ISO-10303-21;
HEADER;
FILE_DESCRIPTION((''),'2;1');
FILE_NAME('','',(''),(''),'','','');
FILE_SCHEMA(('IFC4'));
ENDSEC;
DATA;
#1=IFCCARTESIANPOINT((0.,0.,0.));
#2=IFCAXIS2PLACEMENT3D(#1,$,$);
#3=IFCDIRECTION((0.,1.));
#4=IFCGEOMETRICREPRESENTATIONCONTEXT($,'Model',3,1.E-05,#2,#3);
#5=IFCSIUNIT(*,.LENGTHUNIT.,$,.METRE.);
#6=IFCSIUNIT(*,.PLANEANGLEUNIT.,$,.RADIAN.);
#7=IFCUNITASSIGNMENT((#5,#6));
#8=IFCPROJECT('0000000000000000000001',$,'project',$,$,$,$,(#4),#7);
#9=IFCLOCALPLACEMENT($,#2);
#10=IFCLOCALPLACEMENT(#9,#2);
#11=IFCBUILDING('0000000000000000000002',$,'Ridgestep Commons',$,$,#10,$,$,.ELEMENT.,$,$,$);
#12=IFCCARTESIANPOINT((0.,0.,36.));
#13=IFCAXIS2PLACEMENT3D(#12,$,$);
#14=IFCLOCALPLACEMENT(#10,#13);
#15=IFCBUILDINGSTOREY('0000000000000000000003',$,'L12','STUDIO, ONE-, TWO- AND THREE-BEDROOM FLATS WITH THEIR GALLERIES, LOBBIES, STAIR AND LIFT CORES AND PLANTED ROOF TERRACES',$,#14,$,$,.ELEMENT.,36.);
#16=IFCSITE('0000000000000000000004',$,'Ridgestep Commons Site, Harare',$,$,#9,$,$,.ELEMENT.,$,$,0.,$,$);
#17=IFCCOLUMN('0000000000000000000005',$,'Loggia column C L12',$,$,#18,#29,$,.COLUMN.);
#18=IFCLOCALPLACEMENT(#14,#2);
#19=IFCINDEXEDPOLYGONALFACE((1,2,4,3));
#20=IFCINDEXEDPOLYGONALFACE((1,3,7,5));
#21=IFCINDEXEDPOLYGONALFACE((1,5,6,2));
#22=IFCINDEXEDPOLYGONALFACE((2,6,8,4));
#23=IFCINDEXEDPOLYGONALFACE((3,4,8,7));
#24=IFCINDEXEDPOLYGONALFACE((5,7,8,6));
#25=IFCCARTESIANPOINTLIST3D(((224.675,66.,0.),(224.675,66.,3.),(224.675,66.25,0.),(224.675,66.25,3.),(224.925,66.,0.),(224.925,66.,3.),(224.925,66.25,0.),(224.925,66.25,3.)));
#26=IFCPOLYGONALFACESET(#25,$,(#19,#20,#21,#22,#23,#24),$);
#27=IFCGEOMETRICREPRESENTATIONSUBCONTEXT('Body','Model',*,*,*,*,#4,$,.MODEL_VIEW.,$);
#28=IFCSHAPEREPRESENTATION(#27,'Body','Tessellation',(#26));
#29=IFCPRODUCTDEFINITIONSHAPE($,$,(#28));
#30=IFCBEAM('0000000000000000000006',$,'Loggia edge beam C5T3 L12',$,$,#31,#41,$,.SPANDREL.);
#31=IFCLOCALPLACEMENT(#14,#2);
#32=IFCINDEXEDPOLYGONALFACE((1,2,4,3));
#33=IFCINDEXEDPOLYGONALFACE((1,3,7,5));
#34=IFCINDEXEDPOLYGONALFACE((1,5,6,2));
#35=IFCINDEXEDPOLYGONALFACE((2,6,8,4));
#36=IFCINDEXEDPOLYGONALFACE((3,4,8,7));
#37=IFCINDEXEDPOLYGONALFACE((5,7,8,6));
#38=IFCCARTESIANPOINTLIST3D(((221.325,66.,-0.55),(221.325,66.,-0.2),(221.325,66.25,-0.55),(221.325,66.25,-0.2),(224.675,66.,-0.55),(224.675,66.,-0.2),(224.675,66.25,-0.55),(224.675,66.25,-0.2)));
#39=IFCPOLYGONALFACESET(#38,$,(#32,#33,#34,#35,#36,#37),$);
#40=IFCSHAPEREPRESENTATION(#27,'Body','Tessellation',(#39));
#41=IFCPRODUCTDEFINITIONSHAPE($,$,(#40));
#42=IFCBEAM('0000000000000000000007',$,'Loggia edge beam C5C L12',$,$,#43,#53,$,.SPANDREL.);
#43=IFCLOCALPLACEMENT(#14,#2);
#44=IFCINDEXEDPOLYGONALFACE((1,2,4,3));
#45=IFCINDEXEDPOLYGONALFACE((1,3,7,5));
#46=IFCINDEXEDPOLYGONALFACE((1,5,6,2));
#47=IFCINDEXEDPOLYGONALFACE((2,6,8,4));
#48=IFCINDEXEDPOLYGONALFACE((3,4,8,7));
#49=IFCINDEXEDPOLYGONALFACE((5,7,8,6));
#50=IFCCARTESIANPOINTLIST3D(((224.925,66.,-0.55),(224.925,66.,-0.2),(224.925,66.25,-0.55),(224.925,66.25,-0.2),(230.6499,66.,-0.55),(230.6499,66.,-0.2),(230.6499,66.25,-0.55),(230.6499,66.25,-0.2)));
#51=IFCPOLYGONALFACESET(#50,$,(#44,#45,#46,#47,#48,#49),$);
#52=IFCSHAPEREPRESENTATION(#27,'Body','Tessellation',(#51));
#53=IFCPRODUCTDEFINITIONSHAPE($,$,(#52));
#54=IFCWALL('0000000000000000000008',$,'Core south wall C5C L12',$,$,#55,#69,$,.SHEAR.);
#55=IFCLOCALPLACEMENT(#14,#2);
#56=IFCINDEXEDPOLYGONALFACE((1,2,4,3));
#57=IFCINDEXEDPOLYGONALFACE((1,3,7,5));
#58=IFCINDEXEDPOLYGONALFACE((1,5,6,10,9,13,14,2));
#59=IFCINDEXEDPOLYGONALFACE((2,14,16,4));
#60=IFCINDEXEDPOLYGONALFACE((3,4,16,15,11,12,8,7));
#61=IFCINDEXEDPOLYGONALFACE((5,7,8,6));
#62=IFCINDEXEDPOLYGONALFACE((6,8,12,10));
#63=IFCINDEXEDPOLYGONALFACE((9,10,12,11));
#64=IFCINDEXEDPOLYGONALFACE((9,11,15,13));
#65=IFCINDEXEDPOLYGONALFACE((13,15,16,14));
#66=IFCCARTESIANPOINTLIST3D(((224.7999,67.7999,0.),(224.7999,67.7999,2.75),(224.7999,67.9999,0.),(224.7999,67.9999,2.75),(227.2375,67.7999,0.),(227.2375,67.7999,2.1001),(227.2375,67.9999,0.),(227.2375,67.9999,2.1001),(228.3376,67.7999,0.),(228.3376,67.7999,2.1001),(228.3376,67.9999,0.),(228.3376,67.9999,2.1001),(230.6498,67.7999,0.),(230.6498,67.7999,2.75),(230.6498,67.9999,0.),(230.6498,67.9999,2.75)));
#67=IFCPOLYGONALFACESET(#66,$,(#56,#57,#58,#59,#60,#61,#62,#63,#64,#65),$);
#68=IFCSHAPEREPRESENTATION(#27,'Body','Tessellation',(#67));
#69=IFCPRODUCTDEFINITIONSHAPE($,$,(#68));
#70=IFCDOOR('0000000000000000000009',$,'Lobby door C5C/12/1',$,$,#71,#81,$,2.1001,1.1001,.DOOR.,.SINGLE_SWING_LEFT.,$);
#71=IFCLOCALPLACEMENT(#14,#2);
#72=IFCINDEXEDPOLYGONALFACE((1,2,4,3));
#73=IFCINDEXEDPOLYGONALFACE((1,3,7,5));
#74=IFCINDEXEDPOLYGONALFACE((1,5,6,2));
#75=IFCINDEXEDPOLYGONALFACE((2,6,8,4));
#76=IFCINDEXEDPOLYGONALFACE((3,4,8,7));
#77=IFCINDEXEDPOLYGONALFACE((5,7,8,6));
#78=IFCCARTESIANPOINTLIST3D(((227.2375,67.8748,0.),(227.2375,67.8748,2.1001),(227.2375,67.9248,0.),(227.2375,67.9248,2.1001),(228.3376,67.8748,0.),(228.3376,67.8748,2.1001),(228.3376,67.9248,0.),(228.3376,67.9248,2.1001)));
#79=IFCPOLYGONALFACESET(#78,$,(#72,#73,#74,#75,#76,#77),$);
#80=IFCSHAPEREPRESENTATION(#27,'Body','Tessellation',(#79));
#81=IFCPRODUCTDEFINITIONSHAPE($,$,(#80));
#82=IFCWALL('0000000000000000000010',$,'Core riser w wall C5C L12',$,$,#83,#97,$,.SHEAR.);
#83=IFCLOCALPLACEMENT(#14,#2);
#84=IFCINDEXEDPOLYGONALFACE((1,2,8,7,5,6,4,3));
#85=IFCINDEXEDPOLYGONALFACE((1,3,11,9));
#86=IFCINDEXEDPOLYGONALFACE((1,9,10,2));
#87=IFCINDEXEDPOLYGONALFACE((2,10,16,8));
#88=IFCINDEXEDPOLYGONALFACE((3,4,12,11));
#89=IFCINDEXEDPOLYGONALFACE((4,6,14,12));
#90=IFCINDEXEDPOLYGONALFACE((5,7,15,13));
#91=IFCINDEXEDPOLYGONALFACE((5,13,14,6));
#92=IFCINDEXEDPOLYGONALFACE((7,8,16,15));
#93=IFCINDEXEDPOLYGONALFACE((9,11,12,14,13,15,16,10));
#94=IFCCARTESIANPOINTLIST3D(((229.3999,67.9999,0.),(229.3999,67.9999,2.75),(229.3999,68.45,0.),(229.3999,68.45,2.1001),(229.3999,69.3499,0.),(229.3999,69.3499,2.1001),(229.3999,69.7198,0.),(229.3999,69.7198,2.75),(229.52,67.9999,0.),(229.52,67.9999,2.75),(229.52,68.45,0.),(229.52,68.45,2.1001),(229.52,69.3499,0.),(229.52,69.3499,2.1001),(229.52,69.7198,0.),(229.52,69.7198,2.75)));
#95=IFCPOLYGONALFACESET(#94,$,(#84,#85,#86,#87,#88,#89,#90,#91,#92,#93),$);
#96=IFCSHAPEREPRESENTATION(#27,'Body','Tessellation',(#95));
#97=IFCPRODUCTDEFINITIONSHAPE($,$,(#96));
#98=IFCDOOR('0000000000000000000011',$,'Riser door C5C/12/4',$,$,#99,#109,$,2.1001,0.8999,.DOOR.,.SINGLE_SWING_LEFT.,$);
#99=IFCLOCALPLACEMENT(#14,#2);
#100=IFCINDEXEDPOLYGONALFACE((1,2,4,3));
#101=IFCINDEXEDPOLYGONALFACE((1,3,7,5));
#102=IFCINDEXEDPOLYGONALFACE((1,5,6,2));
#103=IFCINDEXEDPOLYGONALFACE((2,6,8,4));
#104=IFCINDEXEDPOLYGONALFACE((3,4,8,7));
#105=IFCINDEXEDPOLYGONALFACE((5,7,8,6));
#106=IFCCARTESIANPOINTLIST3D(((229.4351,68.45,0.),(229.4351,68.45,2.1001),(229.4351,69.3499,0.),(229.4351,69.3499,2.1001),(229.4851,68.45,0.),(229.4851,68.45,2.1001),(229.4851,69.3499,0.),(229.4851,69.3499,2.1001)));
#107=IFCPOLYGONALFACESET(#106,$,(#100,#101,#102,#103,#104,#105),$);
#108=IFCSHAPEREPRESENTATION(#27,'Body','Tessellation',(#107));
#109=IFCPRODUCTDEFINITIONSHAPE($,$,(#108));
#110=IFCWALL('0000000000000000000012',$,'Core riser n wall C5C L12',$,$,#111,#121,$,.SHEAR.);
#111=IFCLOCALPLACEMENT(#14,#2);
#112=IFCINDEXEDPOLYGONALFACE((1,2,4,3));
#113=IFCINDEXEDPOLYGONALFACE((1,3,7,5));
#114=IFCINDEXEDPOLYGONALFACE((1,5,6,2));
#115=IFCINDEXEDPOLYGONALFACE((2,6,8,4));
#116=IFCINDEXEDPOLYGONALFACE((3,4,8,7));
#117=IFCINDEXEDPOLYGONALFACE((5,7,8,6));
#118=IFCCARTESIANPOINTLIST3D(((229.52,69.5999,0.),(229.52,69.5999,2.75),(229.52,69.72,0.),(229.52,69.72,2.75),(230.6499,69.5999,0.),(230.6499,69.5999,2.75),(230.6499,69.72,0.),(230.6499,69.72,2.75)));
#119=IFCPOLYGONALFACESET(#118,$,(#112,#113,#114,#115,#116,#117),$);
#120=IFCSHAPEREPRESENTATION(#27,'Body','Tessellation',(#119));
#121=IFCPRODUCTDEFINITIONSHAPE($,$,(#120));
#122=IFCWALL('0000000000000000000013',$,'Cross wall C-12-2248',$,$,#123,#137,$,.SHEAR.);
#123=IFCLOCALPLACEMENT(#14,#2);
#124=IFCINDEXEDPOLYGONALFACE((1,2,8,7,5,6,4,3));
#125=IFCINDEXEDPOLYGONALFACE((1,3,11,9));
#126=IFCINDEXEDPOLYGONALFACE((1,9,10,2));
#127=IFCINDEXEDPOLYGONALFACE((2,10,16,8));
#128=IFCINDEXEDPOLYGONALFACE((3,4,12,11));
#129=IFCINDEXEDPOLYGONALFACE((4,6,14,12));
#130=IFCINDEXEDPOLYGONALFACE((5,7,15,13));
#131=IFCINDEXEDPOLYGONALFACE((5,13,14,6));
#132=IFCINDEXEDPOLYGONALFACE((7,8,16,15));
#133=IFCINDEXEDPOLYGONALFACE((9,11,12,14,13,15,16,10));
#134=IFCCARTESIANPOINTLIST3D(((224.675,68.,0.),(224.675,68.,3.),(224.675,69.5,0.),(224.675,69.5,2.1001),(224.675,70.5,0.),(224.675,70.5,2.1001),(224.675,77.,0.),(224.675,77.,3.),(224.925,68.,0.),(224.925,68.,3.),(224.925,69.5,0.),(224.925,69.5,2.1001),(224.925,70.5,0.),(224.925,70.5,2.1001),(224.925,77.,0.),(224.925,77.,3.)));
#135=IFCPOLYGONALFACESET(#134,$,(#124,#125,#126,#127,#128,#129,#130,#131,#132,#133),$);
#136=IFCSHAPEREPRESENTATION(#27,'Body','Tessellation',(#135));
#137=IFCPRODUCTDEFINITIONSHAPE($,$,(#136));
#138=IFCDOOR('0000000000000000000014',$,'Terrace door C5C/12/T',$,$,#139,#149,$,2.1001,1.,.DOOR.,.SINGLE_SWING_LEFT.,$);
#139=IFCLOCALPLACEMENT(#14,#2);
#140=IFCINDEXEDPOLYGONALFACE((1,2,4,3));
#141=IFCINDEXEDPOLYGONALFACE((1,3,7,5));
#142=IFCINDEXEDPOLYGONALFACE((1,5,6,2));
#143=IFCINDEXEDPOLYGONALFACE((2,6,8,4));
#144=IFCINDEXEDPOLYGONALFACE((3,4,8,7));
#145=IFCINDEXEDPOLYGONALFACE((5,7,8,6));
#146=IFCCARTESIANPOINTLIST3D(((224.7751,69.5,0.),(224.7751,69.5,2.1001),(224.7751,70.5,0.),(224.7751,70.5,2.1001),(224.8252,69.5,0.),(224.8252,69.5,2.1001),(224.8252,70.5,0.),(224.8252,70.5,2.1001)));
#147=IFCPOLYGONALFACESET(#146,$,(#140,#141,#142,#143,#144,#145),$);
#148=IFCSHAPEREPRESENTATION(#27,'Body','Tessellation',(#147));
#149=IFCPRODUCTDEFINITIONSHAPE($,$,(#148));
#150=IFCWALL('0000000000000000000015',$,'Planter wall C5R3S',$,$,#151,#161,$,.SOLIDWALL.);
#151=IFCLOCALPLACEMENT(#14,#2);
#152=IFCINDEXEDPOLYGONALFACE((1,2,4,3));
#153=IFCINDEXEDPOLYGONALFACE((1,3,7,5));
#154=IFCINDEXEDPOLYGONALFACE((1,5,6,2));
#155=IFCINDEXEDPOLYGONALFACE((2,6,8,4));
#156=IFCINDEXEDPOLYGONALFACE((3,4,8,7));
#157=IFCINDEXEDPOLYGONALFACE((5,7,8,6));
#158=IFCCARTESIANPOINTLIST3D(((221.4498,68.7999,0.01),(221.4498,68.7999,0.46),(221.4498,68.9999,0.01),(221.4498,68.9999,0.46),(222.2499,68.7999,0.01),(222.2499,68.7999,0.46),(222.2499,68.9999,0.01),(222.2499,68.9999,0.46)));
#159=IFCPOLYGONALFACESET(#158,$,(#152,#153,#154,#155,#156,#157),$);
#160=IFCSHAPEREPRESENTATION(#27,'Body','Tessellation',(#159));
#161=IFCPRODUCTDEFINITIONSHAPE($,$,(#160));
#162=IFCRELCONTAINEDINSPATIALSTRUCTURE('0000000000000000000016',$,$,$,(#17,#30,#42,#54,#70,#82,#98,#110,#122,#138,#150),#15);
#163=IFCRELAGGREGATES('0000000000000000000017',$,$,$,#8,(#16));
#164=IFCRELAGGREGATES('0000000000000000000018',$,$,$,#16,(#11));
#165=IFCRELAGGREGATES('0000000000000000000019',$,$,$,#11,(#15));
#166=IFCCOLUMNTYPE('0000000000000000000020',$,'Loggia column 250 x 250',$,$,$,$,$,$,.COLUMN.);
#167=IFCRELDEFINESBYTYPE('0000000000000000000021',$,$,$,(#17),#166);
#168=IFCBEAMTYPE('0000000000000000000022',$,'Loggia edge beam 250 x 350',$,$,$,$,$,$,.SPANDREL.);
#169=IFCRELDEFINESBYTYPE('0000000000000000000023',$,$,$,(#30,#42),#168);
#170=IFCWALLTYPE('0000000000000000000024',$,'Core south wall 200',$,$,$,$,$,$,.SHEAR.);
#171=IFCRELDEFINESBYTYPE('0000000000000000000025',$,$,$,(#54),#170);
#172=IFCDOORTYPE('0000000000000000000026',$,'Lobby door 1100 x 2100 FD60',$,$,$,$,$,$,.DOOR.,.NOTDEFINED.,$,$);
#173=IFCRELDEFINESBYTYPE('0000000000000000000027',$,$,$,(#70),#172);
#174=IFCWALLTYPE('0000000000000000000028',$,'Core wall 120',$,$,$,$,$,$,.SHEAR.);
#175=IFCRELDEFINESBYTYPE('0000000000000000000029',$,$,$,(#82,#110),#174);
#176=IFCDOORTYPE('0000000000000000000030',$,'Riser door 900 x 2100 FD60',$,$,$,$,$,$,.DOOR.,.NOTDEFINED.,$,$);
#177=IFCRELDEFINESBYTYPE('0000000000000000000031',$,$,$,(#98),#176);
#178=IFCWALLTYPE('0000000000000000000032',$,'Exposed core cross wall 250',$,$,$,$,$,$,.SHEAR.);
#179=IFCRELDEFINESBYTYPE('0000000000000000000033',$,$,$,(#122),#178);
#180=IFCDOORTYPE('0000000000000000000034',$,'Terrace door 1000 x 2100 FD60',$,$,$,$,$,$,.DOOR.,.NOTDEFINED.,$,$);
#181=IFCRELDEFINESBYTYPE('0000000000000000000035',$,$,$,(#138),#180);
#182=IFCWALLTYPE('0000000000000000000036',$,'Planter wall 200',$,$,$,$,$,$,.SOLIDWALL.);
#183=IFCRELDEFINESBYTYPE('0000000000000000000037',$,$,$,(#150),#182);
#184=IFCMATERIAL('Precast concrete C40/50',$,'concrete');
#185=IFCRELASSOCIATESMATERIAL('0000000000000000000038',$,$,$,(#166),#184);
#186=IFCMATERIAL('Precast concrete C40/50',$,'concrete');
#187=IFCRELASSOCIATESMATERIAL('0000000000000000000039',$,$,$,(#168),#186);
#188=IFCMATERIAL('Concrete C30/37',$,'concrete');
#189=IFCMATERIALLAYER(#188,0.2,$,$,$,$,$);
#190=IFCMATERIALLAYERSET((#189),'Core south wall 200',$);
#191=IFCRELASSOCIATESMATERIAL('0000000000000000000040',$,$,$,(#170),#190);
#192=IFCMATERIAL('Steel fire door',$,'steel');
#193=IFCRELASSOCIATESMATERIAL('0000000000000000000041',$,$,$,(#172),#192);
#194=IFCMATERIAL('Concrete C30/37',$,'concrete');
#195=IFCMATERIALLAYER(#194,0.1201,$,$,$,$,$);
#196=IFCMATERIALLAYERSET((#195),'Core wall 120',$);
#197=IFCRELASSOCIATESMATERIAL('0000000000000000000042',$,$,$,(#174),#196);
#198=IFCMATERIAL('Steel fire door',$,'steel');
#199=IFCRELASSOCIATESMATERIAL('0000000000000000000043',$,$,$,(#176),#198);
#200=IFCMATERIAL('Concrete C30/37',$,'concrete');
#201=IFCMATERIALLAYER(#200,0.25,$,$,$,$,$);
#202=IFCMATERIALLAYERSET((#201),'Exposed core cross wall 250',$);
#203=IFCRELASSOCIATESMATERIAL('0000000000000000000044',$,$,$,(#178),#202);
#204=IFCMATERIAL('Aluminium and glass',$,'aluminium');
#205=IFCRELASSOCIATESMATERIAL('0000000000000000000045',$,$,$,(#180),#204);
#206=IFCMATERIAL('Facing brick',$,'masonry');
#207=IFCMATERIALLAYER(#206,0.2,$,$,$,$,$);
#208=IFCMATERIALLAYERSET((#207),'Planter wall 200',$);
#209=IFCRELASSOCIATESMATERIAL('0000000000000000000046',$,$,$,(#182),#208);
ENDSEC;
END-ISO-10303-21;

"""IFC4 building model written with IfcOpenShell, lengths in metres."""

from ifc_helpers import new_model, si_unit, direction, frame, frame_2d, origin, origin_2d, place, context, subcontext, project, spatial, rectangle, extrude, material, layer, layer_set, material_profile, profile_set, type_object, element, fill, save


model = new_model("IFC4")

# Units and contexts
model_context = context("Model", 3, precision=1e-05, world=origin(), true_north=direction((0.0, 1.0)))
body_context = subcontext(model_context, "Body", "Model", "MODEL_VIEW")
ifc_project = project(units=[si_unit("LENGTHUNIT", "METRE"), si_unit("PLANEANGLEUNIT", "RADIAN")], contexts=[model_context])

# Site, building, storey
site_placement = place(None, origin())
site = spatial("IfcSite", under=ifc_project, at=site_placement, Name="Ridgestep Commons Site, Harare", CompositionType="ELEMENT", RefElevation=0.0)
building_placement = place(site_placement, origin())
building = spatial("IfcBuilding", under=site, at=building_placement, Name="Ridgestep Commons", CompositionType="ELEMENT")
storey_placement = place(building_placement, frame((0.0, 0.0, 36.0)))
storey = spatial("IfcBuildingStorey", under=building, at=storey_placement, Name="L12", Description="STUDIO, ONE-, TWO- AND THREE-BEDROOM FLATS WITH THEIR GALLERIES, LOBBIES, STAIR AND LIFT CORES AND PLANTED ROOF TERRACES", CompositionType="ELEMENT", Elevation=36.0)

# Column
ifc_material_1 = material(Name="Precast concrete C40/50", Category="concrete")
ifc_material_profile_1 = material_profile(ifc_material_1, rectangle(XDim=0.25, YDim=0.25, at=origin_2d()), Name="PC 250x250")
ifc_profile_set_1 = profile_set([ifc_material_profile_1], Name="Precast concrete C40/50")
column_type = type_object("IfcColumnType", Name="Loggia column 250 x 250", PredefinedType="COLUMN", material=ifc_profile_set_1)
column_placement = place(storey_placement, frame((224.8, 66.125, 0.0), z_axis=(0.0, 0.0, 1.0), x_axis=(1.0, 0.0, 0.0)))
element("IfcColumn", 1, at=column_placement, inside=storey, type_object=column_type, Name="Loggia column C L12", PredefinedType="COLUMN", context=body_context, shape_type="SweptSolid", body=[
    extrude(rectangle(XDim=0.25, YDim=0.25, at=origin_2d()), origin(), (0.0, 0.0, 1.0), 3.0),
])

# Beams
ifc_material_2 = material(Name="Precast concrete C40/50", Category="concrete")
ifc_material_profile_2 = material_profile(ifc_material_2, rectangle(XDim=0.25, YDim=0.3501, at=origin_2d()), Name="PC 250x350")
ifc_profile_set_2 = profile_set([ifc_material_profile_2], Name="Precast concrete C40/50")
beam_type = type_object("IfcBeamType", Name="Loggia edge beam 250 x 350", PredefinedType="SPANDREL", material=ifc_profile_set_2)
beam_1_placement = place(storey_placement, frame((221.325, 66.125, -0.375), z_axis=(1.0, 0.0, 0.0), x_axis=(0.0, 1.0, 0.0)))
element("IfcBeam", 2, at=beam_1_placement, inside=storey, type_object=beam_type, Name="Loggia edge beam C5T3 L12", PredefinedType="SPANDREL", context=body_context, shape_type="SweptSolid", body=[
    extrude(rectangle(XDim=0.25, YDim=0.3501, at=origin_2d()), origin(), (0.0, 0.0, 1.0), 3.3501),
])
beam_2_placement = place(storey_placement, frame((224.925, 66.125, -0.375), z_axis=(1.0, 0.0, 0.0), x_axis=(0.0, 1.0, 0.0)))
element("IfcBeam", 3, at=beam_2_placement, inside=storey, type_object=beam_type, Name="Loggia edge beam C5C L12", PredefinedType="SPANDREL", context=body_context, shape_type="SweptSolid", body=[
    extrude(rectangle(XDim=0.25, YDim=0.3501, at=origin_2d()), origin(), (0.0, 0.0, 1.0), 5.7249),
])

# Walls, openings, doors
ifc_material_3 = material(Name="Concrete C30/37", Category="concrete")
ifc_layer_1 = layer(ifc_material_3, 0.2)
ifc_layer_set_1 = layer_set([ifc_layer_1], Name="Core south wall 200")
wall_type_1 = type_object("IfcWallType", Name="Core south wall 200", PredefinedType="SHEAR", material=ifc_layer_set_1)
wall_1_placement = place(storey_placement, frame((224.8, 67.8999, 0.0), z_axis=(0.0, 0.0, 1.0), x_axis=(1.0, 0.0, 0.0)))
wall_1 = element("IfcWall", 4, at=wall_1_placement, inside=storey, type_object=wall_type_1, Name="Core south wall C5C L12", PredefinedType="SHEAR", context=body_context, shape_type="SweptSolid", body=[
    extrude(rectangle(XDim=5.8499, YDim=0.2, at=frame_2d((2.9248, 0.0))), origin(), (0.0, 0.0, 1.0), 2.75),
])
opening_1_placement = place(wall_1_placement, frame((2.4375, 0.0, 0.0)))
opening_1 = element("IfcOpeningElement", 5, at=opening_1_placement, cuts=wall_1, PredefinedType="OPENING", context=body_context, shape_type="SweptSolid", body=[
    extrude(rectangle(XDim=1.1001, YDim=2.1001, at=frame_2d((0.55, 1.05))), frame((0.0, 0.1099, 0.0), z_axis=(0.0, -1.0, 0.0), x_axis=(1.0, 0.0, 0.0)), (0.0, 0.0, 1.0), 0.22),
])
ifc_material_4 = material(Name="Steel fire door", Category="steel")
door_type_1 = type_object("IfcDoorType", Name="Lobby door 1100 x 2100 FD60", OperationType="NOTDEFINED", PredefinedType="DOOR", material=ifc_material_4)
door_1_placement = place(opening_1_placement, origin())
door_1 = element("IfcDoor", 6, at=door_1_placement, inside=storey, type_object=door_type_1, Name="Lobby door C5C/12/1", OperationType="SINGLE_SWING_LEFT", OverallHeight=2.1001, OverallWidth=1.1001, PredefinedType="DOOR", context=body_context, shape_type="SweptSolid", body=[
    extrude(rectangle(XDim=1.1001, YDim=2.1001, at=frame_2d((0.55, 1.05))), frame((0.0, 0.0249, 0.0), z_axis=(0.0, -1.0, 0.0), x_axis=(1.0, 0.0, 0.0)), (0.0, 0.0, 1.0), 0.05),
])
fill(opening_1, door_1)
ifc_material_5 = material(Name="Concrete C30/37", Category="concrete")
ifc_layer_2 = layer(ifc_material_5, 0.1201)
ifc_layer_set_2 = layer_set([ifc_layer_2], Name="Core wall 120")
wall_type_2 = type_object("IfcWallType", Name="Core wall 120", PredefinedType="SHEAR", material=ifc_layer_set_2)
wall_2_placement = place(storey_placement, frame((229.46, 68.0, 0.0), z_axis=(0.0, 0.0, 1.0), x_axis=(0.0, 1.0, 0.0)))
wall_2 = element("IfcWall", 7, at=wall_2_placement, inside=storey, type_object=wall_type_2, Name="Core riser w wall C5C L12", PredefinedType="SHEAR", context=body_context, shape_type="SweptSolid", body=[
    extrude(rectangle(XDim=1.72, YDim=0.1201, at=frame_2d((0.8599, 0.0))), origin(), (0.0, 0.0, 1.0), 2.75),
])
opening_2_placement = place(wall_2_placement, frame((0.45, 0.0, 0.0)))
opening_2 = element("IfcOpeningElement", 8, at=opening_2_placement, cuts=wall_2, PredefinedType="OPENING", context=body_context, shape_type="SweptSolid", body=[
    extrude(rectangle(XDim=0.8999, YDim=2.1001, at=frame_2d((0.45, 1.05))), frame((0.0, 0.0701, 0.0), z_axis=(0.0, -1.0, 0.0), x_axis=(1.0, 0.0, 0.0)), (0.0, 0.0, 1.0), 0.1401),
])
ifc_material_6 = material(Name="Steel fire door", Category="steel")
door_type_2 = type_object("IfcDoorType", Name="Riser door 900 x 2100 FD60", OperationType="NOTDEFINED", PredefinedType="DOOR", material=ifc_material_6)
door_2_placement = place(opening_2_placement, origin())
door_2 = element("IfcDoor", 9, at=door_2_placement, inside=storey, type_object=door_type_2, Name="Riser door C5C/12/4", OperationType="SINGLE_SWING_LEFT", OverallHeight=2.1001, OverallWidth=0.8999, PredefinedType="DOOR", context=body_context, shape_type="SweptSolid", body=[
    extrude(rectangle(XDim=0.8999, YDim=2.1001, at=frame_2d((0.45, 1.05))), frame((0.0, 0.0249, 0.0), z_axis=(0.0, -1.0, 0.0), x_axis=(1.0, 0.0, 0.0)), (0.0, 0.0, 1.0), 0.05),
])
fill(opening_2, door_2)

# Wall
wall_3_placement = place(storey_placement, frame((229.52, 69.6599, 0.0), z_axis=(0.0, 0.0, 1.0), x_axis=(1.0, 0.0, 0.0)))
element("IfcWall", 10, at=wall_3_placement, inside=storey, type_object=wall_type_2, Name="Core riser n wall C5C L12", PredefinedType="SHEAR", context=body_context, shape_type="SweptSolid", body=[
    extrude(rectangle(XDim=1.1299, YDim=0.1201, at=frame_2d((0.5649, 0.0))), origin(), (0.0, 0.0, 1.0), 2.75),
])

# Wall, opening, door
ifc_material_7 = material(Name="Concrete C30/37", Category="concrete")
ifc_layer_3 = layer(ifc_material_7, 0.25)
ifc_layer_set_3 = layer_set([ifc_layer_3], Name="Exposed core cross wall 250")
wall_type_3 = type_object("IfcWallType", Name="Exposed core cross wall 250", PredefinedType="SHEAR", material=ifc_layer_set_3)
wall_4_placement = place(storey_placement, frame((224.8, 68.0, 0.0), z_axis=(0.0, 0.0, 1.0), x_axis=(0.0, 1.0, 0.0)))
wall_4 = element("IfcWall", 11, at=wall_4_placement, inside=storey, type_object=wall_type_3, Name="Cross wall C-12-2248", PredefinedType="SHEAR", context=body_context, shape_type="SweptSolid", body=[
    extrude(rectangle(XDim=9.0, YDim=0.25, at=frame_2d((4.5, 0.0))), origin(), (0.0, 0.0, 1.0), 3.0),
])
opening_3_placement = place(wall_4_placement, frame((1.5, 0.0, 0.0)))
opening_3 = element("IfcOpeningElement", 12, at=opening_3_placement, cuts=wall_4, PredefinedType="OPENING", context=body_context, shape_type="SweptSolid", body=[
    extrude(rectangle(XDim=1.0, YDim=2.1001, at=frame_2d((0.5, 1.05))), frame((0.0, 0.135, 0.0), z_axis=(0.0, -1.0, 0.0), x_axis=(1.0, 0.0, 0.0)), (0.0, 0.0, 1.0), 0.27),
])
ifc_material_8 = material(Name="Aluminium and glass", Category="aluminium")
door_type_3 = type_object("IfcDoorType", Name="Terrace door 1000 x 2100 FD60", OperationType="NOTDEFINED", PredefinedType="DOOR", material=ifc_material_8)
door_3_placement = place(opening_3_placement, origin())
door_3 = element("IfcDoor", 13, at=door_3_placement, inside=storey, type_object=door_type_3, Name="Terrace door C5C/12/T", OperationType="SINGLE_SWING_LEFT", OverallHeight=2.1001, OverallWidth=1.0, PredefinedType="DOOR", context=body_context, shape_type="SweptSolid", body=[
    extrude(rectangle(XDim=1.0, YDim=2.1001, at=frame_2d((0.5, 1.05))), frame((0.0, 0.0249, 0.0), z_axis=(0.0, -1.0, 0.0), x_axis=(1.0, 0.0, 0.0)), (0.0, 0.0, 1.0), 0.05),
])
fill(opening_3, door_3)

# Wall
ifc_material_9 = material(Name="Facing brick", Category="masonry")
ifc_layer_4 = layer(ifc_material_9, 0.2)
ifc_layer_set_4 = layer_set([ifc_layer_4], Name="Planter wall 200")
wall_type_4 = type_object("IfcWallType", Name="Planter wall 200", PredefinedType="SOLIDWALL", material=ifc_layer_set_4)
wall_5_placement = place(storey_placement, frame((221.45, 68.8999, 0.01), z_axis=(0.0, 0.0, 1.0), x_axis=(1.0, 0.0, 0.0)))
element("IfcWall", 14, at=wall_5_placement, inside=storey, type_object=wall_type_4, Name="Planter wall C5R3S", PredefinedType="SOLIDWALL", context=body_context, shape_type="SweptSolid", body=[
    extrude(rectangle(XDim=0.8, YDim=0.2, at=frame_2d((0.3999, 0.0))), origin(), (0.0, 0.0, 1.0), 0.45),
])

save(model, "model.ifc")
